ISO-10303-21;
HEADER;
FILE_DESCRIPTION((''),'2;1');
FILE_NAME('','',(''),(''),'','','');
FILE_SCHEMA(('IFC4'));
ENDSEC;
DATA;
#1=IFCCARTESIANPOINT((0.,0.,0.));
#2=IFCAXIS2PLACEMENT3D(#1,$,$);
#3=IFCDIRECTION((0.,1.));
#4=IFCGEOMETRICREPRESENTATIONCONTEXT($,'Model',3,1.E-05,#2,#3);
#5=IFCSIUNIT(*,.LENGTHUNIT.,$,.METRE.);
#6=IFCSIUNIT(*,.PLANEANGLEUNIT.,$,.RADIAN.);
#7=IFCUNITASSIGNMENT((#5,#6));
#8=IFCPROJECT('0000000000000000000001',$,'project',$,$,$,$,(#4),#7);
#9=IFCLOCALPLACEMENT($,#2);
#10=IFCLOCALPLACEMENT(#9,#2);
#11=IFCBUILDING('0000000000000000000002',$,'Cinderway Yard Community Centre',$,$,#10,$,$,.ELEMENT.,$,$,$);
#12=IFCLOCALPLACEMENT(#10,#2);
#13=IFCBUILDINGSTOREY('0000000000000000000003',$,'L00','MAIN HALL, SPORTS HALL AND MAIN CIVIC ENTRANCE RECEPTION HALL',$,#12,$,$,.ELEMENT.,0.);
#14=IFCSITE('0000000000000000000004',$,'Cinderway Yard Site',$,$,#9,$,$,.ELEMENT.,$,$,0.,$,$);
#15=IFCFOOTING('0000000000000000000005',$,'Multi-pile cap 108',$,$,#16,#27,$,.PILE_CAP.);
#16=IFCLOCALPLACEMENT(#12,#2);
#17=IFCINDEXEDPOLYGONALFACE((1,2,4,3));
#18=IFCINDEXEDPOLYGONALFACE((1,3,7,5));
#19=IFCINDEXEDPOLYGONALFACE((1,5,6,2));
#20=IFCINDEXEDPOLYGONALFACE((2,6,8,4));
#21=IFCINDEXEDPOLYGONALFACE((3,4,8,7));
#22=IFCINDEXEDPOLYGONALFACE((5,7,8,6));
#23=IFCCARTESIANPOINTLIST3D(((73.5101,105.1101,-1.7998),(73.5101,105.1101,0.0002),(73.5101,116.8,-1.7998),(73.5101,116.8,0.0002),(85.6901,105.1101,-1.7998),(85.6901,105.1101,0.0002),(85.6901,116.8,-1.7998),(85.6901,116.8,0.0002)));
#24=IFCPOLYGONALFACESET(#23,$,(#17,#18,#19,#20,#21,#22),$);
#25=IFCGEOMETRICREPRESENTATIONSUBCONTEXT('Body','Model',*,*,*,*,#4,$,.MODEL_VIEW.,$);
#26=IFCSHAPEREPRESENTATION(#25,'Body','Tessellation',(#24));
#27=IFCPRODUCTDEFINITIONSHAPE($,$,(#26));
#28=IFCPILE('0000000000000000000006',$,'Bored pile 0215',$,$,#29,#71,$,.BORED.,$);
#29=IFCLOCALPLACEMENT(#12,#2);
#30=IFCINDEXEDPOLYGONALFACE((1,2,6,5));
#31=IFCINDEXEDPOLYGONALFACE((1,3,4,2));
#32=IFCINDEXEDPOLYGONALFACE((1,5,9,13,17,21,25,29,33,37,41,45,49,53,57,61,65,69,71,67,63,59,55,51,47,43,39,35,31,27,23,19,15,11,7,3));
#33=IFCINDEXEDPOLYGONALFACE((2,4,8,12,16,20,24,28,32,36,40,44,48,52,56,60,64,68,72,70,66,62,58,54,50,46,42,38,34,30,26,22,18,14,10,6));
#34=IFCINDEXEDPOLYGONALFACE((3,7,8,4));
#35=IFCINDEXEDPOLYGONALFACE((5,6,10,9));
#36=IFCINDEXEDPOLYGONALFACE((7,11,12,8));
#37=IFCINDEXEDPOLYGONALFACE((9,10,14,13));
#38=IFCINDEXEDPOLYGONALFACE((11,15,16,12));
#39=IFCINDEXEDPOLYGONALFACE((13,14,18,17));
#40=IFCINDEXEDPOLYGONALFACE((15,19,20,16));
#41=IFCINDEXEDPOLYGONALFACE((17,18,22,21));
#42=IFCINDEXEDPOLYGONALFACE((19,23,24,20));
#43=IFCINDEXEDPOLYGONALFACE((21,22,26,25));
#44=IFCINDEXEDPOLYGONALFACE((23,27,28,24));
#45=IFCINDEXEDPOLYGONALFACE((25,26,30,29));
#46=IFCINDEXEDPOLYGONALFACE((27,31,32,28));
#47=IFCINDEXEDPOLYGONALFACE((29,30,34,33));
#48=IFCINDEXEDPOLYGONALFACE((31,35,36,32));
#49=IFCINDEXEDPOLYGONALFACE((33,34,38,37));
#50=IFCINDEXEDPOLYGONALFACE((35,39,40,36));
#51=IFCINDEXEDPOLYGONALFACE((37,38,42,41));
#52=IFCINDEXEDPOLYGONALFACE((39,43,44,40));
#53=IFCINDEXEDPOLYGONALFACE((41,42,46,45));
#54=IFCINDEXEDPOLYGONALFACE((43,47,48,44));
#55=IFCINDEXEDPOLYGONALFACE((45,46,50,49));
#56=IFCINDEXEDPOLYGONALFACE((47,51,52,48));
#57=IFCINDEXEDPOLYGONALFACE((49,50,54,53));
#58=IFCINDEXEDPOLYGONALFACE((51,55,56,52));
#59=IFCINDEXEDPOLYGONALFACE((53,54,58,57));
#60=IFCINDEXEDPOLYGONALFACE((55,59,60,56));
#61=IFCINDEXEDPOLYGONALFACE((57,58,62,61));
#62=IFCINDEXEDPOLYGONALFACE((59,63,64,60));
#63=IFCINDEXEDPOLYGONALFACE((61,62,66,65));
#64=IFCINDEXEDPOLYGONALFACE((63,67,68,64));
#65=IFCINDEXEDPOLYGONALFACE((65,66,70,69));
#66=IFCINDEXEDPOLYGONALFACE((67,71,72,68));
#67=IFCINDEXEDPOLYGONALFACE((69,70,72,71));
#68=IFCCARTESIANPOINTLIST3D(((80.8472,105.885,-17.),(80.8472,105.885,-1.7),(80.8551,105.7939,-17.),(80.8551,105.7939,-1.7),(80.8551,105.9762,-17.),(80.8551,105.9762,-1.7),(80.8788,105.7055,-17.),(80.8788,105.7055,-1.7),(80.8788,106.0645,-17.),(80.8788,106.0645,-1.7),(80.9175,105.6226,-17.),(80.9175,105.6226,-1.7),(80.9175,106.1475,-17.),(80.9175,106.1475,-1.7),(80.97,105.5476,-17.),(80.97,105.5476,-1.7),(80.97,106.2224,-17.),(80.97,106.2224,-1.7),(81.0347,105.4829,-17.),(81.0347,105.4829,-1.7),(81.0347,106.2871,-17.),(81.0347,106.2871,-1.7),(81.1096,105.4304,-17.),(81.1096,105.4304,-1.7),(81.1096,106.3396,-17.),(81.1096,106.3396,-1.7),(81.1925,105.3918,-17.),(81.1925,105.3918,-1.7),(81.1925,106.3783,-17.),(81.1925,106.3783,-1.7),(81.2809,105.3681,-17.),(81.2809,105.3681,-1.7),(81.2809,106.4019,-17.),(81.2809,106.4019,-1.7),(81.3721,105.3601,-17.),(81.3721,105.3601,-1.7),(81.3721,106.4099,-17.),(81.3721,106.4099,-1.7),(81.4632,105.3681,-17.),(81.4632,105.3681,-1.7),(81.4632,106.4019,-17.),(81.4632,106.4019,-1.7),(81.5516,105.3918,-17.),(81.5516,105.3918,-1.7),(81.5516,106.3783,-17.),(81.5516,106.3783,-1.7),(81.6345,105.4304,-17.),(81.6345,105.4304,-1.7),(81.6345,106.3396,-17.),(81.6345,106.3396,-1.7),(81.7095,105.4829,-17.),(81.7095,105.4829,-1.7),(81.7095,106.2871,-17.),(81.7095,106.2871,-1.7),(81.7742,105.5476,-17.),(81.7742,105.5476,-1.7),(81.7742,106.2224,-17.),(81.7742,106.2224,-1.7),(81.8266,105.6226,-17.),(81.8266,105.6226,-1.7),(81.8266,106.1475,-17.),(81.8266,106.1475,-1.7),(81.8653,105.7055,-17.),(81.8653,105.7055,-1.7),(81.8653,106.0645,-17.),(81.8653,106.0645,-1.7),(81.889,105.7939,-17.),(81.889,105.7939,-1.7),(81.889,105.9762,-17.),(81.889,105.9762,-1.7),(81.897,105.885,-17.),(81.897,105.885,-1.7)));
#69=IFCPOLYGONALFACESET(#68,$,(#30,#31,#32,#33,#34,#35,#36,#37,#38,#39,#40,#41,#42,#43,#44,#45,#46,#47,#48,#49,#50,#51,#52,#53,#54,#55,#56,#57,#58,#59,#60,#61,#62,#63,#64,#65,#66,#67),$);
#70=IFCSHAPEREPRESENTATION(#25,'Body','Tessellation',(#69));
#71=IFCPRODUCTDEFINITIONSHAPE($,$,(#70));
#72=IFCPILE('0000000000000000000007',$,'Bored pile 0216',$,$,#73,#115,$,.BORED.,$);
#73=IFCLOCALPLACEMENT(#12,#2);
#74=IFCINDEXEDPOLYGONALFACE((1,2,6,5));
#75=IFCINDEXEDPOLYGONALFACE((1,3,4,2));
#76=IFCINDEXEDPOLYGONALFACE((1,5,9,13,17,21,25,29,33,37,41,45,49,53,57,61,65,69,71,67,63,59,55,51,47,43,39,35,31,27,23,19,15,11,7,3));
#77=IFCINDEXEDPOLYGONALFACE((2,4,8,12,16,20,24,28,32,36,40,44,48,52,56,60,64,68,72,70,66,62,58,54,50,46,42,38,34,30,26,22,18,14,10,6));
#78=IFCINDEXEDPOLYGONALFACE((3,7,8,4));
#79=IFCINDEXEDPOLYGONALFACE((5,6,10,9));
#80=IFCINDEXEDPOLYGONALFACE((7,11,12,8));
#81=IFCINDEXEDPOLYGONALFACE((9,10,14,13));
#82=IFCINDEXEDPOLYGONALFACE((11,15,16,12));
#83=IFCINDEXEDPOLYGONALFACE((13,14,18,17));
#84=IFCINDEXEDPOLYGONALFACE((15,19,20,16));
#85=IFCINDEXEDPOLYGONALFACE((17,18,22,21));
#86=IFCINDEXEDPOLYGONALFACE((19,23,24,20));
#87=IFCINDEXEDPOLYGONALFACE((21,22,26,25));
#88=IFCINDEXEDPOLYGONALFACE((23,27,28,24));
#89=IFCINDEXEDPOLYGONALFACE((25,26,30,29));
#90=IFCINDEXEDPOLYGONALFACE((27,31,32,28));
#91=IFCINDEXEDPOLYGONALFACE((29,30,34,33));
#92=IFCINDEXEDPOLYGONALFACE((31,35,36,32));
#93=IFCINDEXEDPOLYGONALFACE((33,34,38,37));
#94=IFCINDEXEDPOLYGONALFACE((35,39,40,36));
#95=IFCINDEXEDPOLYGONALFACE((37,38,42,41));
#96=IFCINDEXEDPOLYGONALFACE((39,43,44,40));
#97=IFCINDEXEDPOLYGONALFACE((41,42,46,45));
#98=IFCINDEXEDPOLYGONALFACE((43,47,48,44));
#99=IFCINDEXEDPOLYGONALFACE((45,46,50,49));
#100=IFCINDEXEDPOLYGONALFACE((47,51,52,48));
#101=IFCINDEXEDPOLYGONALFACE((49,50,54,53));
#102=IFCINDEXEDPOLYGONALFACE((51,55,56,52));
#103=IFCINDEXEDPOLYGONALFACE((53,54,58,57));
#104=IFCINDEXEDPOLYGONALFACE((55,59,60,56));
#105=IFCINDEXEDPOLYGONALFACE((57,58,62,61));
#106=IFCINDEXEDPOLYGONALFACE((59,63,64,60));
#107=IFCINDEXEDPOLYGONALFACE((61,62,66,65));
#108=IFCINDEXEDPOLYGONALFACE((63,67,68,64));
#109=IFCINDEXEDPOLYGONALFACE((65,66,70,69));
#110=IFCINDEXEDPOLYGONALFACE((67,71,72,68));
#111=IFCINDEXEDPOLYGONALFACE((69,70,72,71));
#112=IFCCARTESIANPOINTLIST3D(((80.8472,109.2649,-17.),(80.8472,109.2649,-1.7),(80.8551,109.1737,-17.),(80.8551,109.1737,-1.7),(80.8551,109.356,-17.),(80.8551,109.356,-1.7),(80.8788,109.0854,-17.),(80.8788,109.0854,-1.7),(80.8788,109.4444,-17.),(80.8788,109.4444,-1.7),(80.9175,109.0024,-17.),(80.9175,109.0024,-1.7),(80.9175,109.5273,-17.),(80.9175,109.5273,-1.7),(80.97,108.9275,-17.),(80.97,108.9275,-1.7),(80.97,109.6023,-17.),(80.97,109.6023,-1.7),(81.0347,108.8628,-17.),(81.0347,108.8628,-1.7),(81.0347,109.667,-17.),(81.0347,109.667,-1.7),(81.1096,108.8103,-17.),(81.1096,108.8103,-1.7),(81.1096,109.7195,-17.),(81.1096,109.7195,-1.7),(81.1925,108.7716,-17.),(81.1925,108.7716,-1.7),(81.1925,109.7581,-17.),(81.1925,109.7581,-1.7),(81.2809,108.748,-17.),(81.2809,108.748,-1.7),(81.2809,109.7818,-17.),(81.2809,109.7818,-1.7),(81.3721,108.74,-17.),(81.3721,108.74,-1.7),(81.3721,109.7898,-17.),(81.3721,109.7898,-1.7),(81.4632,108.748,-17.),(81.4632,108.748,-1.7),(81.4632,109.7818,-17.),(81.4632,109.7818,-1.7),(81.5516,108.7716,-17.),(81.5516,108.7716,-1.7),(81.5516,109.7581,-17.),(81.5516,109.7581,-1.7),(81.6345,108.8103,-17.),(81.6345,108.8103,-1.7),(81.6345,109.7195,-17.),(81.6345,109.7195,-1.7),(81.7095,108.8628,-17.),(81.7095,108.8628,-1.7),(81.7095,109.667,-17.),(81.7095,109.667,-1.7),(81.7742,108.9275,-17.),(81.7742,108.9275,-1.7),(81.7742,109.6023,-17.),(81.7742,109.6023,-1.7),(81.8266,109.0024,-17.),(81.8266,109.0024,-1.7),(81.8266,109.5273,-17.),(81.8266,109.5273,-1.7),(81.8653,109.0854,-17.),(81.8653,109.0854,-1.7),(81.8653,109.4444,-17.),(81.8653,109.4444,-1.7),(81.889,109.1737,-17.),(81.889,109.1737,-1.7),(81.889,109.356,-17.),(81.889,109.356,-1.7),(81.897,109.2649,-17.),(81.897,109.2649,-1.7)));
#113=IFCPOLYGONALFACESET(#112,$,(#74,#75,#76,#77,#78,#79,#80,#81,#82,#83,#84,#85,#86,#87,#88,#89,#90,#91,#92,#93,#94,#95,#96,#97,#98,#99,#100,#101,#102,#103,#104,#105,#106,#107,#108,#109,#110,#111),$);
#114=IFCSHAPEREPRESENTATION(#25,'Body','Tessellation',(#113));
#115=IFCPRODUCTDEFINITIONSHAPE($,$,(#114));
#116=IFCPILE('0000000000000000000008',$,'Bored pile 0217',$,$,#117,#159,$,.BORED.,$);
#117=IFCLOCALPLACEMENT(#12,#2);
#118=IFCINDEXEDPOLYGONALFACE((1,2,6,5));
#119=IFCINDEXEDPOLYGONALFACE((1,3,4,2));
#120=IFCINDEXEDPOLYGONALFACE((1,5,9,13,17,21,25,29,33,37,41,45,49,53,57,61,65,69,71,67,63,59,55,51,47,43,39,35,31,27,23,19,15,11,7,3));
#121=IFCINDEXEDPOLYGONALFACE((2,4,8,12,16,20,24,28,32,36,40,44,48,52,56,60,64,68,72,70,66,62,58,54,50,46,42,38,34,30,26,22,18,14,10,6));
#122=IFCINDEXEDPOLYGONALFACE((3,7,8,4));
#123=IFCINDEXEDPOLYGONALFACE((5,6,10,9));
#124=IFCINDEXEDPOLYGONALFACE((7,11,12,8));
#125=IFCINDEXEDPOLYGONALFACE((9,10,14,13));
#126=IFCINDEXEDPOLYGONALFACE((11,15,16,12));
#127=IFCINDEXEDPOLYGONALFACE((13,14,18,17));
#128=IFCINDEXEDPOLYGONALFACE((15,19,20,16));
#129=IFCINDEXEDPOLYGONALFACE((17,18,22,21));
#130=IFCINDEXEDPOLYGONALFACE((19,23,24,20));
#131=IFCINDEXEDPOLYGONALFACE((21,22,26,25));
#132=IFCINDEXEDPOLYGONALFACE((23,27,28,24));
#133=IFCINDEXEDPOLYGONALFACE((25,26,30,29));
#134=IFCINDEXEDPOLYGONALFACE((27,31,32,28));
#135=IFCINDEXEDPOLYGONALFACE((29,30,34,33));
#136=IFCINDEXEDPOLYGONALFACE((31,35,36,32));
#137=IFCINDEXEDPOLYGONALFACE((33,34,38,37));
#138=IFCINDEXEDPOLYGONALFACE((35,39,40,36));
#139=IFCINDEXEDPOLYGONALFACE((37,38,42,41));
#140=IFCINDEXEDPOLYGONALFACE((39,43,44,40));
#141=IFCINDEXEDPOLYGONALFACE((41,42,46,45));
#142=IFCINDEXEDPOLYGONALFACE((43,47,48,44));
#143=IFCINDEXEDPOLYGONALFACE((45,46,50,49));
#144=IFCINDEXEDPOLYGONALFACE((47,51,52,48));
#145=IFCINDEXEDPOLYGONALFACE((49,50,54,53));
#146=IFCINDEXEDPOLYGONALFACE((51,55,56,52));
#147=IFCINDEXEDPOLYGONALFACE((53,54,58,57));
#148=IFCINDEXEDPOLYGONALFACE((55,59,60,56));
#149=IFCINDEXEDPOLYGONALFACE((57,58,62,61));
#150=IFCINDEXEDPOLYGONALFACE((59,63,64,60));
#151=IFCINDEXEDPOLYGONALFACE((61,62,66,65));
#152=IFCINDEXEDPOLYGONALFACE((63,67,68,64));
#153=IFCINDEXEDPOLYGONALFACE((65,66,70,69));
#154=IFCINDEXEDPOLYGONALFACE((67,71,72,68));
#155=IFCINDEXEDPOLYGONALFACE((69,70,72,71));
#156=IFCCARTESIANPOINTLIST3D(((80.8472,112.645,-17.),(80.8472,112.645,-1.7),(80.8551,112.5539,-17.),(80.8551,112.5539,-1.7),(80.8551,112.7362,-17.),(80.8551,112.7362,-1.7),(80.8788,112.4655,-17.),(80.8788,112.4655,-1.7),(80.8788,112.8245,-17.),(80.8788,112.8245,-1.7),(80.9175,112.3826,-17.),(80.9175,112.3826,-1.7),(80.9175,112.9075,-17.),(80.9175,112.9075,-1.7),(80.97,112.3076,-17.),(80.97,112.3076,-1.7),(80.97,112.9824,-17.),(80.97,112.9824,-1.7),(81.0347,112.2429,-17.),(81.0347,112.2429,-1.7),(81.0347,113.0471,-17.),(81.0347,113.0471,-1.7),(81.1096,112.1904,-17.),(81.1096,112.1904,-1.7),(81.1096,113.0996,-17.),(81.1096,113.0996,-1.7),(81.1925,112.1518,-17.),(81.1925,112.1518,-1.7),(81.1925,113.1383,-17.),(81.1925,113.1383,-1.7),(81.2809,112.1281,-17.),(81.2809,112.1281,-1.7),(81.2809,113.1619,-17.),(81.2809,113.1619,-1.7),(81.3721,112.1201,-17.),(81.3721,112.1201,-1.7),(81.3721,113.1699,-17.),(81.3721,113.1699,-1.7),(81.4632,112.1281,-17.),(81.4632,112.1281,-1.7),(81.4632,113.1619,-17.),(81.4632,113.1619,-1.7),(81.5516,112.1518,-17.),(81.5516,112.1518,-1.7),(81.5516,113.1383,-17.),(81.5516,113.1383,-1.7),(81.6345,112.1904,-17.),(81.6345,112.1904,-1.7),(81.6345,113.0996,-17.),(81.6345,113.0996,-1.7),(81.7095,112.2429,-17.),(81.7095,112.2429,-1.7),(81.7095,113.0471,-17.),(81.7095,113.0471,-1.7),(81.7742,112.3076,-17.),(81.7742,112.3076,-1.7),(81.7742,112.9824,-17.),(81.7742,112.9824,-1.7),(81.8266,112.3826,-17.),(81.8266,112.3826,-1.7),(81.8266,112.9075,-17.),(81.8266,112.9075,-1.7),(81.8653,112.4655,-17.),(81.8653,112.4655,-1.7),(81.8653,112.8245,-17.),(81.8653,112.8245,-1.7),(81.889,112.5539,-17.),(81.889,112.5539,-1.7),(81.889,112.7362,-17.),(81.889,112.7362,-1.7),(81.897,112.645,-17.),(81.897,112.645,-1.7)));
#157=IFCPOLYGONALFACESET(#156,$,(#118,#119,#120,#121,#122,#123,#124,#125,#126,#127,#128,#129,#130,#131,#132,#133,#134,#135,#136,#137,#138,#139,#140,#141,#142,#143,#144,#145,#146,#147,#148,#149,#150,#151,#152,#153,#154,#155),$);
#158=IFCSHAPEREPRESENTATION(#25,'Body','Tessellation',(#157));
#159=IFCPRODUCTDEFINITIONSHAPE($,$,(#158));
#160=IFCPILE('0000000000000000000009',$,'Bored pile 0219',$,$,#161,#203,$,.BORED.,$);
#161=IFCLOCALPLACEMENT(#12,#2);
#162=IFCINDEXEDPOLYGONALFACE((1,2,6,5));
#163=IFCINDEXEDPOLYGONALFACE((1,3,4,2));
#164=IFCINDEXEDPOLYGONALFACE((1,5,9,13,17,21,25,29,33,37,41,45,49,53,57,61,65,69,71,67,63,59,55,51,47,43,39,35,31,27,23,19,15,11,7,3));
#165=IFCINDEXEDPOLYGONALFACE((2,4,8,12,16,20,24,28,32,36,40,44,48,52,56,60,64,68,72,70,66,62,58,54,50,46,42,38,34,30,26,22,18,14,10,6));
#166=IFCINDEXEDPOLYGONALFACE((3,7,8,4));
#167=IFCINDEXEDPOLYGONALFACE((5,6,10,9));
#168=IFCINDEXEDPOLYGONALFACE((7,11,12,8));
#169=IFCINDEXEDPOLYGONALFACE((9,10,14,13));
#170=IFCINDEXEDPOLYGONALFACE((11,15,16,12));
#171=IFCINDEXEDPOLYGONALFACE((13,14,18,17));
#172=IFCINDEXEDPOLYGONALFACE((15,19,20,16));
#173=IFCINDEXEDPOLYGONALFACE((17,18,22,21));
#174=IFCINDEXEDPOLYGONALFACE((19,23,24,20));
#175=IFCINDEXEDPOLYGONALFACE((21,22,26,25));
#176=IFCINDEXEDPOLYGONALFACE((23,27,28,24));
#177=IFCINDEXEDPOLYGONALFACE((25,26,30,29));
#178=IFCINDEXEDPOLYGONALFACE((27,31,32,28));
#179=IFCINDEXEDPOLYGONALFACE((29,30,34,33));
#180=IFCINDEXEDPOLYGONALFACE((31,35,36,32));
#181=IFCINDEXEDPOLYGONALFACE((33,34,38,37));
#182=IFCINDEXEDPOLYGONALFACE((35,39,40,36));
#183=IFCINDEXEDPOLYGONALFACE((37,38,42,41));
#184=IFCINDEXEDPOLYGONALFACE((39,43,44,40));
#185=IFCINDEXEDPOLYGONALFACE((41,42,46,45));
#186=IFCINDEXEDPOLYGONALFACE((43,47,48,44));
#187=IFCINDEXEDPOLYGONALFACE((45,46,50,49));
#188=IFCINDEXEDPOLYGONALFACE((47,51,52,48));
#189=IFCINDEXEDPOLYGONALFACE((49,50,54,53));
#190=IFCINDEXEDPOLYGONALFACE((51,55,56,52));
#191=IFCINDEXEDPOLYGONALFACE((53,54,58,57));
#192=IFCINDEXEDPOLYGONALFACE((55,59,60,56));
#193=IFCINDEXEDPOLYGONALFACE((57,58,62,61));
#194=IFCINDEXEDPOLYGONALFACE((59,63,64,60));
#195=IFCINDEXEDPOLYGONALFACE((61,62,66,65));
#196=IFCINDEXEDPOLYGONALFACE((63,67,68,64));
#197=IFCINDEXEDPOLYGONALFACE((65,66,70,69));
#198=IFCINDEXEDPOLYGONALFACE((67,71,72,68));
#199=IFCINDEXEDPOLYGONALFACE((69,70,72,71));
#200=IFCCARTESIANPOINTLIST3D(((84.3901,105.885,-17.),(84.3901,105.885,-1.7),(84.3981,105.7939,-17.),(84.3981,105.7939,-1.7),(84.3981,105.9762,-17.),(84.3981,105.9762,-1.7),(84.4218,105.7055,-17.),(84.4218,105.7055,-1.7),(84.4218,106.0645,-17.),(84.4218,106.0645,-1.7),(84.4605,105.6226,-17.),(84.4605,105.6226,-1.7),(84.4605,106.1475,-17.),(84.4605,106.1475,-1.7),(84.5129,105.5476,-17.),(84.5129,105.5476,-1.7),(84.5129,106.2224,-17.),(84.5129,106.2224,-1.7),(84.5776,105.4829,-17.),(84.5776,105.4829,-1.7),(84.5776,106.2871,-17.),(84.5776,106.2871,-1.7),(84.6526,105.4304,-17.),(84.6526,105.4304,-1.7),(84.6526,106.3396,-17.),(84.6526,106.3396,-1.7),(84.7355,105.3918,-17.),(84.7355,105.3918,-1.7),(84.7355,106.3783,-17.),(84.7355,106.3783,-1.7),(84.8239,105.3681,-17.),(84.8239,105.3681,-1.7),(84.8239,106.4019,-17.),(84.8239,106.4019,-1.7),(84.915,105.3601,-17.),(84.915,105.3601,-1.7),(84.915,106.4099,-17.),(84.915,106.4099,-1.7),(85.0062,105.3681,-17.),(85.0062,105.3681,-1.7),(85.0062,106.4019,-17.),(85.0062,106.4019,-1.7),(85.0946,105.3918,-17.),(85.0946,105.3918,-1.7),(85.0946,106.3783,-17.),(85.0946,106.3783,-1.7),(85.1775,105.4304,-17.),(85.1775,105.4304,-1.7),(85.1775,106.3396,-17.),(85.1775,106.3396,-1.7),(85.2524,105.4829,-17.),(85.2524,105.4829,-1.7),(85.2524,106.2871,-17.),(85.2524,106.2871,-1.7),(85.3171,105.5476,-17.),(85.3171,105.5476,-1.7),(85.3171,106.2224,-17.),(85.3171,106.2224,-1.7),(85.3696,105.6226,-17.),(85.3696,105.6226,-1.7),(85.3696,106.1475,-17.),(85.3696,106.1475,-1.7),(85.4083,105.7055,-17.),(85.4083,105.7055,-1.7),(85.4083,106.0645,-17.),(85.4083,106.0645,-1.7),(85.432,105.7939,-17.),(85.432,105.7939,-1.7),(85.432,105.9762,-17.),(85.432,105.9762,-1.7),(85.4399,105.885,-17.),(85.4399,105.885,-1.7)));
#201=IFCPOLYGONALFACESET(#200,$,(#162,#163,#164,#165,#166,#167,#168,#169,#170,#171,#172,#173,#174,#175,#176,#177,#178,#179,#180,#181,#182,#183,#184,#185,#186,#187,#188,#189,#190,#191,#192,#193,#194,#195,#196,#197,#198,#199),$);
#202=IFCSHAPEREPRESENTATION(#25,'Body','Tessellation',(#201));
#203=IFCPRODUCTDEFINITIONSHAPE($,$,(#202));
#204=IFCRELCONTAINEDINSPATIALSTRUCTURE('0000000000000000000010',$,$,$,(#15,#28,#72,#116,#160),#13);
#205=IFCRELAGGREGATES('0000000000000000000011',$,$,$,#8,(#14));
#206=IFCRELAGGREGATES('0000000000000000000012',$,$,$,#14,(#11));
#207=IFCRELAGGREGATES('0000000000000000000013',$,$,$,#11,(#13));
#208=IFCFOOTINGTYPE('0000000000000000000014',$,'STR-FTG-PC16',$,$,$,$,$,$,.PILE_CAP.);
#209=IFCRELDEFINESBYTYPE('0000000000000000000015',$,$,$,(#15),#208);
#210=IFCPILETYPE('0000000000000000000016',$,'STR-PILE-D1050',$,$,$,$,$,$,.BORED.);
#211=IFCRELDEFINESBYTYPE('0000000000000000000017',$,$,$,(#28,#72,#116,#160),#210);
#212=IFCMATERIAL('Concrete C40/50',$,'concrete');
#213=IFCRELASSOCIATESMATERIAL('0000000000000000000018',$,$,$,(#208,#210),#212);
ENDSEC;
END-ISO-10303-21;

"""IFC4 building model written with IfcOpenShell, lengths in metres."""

from ifc_helpers import new_model, si_unit, direction, frame, origin, origin_2d, place, context, subcontext, project, spatial, rectangle, circle, extrude, material, material_profile, profile_set, type_object, element, save


model = new_model("IFC4")

# Units and contexts
model_context = context("Model", 3, precision=1e-05, world=origin(), true_north=direction((0.0, 1.0)))
body_context = subcontext(model_context, "Body", "Model", "MODEL_VIEW")
ifc_project = project(units=[si_unit("LENGTHUNIT", "METRE"), si_unit("PLANEANGLEUNIT", "RADIAN")], contexts=[model_context])

# Site, building, storey
site_placement = place(None, origin())
site = spatial("IfcSite", under=ifc_project, at=site_placement, Name="Cinderway Yard Site", CompositionType="ELEMENT", RefElevation=0.0)
building_placement = place(site_placement, origin())
building = spatial("IfcBuilding", under=site, at=building_placement, Name="Cinderway Yard Community Centre", CompositionType="ELEMENT")
storey_placement = place(building_placement, origin())
storey = spatial("IfcBuildingStorey", under=building, at=storey_placement, Name="L00", Description="MAIN HALL, SPORTS HALL AND MAIN CIVIC ENTRANCE RECEPTION HALL", CompositionType="ELEMENT", Elevation=0.0)

# Footing
ifc_material_1 = material(Name="Concrete C40/50", Category="concrete")
footing_type = type_object("IfcFootingType", Name="STR-FTG-PC16", PredefinedType="PILE_CAP", material=ifc_material_1)
footing_placement = place(storey_placement, frame((79.6001, 110.9551, -1.7998), z_axis=(0.0, 0.0, 1.0), x_axis=(1.0, 0.0, 0.0)))
element("IfcFooting", 1, at=footing_placement, inside=storey, type_object=footing_type, Name="Multi-pile cap 108", PredefinedType="PILE_CAP", context=body_context, shape_type="SweptSolid", body=[
    extrude(rectangle(XDim=12.1799, YDim=11.6899, at=origin_2d()), origin(), (0.0, 0.0, 1.0), 1.8),
])

# Piles
ifc_material_profile_1 = material_profile(ifc_material_1, circle(Radius=0.5249, at=origin_2d()), Name="Concrete C40/50")
ifc_profile_set_1 = profile_set([ifc_material_profile_1], Name="Concrete C40/50")
pile_type = type_object("IfcPileType", Name="STR-PILE-D1050", PredefinedType="BORED", material=ifc_profile_set_1)
for number, where, z_axis, x_axis, name in (
    (2, (81.3721, 105.885, -1.7), (0.0, 0.0, -1.0), (1.0, 0.0, 0.0), "Bored pile 0215"),
    (3, (81.3721, 109.2649, -1.7), (0.0, 0.0, -1.0), (1.0, 0.0, 0.0), "Bored pile 0216"),
    (4, (81.3721, 112.645, -1.7), (0.0, 0.0, -1.0), (1.0, 0.0, 0.0), "Bored pile 0217"),
    (5, (84.915, 105.885, -1.7), (0.0, 0.0, -1.0), (1.0, 0.0, 0.0), "Bored pile 0219"),
):
    element("IfcPile", number, at=place(storey_placement, frame(where, z_axis=z_axis, x_axis=x_axis)), inside=storey, type_object=pile_type, Name=name, PredefinedType="BORED", context=body_context, shape_type="SweptSolid", body=[
        extrude(circle(Radius=0.5249, at=origin_2d()), origin(), (0.0, 0.0, 1.0), 15.3),
    ])

save(model, "model.ifc")
